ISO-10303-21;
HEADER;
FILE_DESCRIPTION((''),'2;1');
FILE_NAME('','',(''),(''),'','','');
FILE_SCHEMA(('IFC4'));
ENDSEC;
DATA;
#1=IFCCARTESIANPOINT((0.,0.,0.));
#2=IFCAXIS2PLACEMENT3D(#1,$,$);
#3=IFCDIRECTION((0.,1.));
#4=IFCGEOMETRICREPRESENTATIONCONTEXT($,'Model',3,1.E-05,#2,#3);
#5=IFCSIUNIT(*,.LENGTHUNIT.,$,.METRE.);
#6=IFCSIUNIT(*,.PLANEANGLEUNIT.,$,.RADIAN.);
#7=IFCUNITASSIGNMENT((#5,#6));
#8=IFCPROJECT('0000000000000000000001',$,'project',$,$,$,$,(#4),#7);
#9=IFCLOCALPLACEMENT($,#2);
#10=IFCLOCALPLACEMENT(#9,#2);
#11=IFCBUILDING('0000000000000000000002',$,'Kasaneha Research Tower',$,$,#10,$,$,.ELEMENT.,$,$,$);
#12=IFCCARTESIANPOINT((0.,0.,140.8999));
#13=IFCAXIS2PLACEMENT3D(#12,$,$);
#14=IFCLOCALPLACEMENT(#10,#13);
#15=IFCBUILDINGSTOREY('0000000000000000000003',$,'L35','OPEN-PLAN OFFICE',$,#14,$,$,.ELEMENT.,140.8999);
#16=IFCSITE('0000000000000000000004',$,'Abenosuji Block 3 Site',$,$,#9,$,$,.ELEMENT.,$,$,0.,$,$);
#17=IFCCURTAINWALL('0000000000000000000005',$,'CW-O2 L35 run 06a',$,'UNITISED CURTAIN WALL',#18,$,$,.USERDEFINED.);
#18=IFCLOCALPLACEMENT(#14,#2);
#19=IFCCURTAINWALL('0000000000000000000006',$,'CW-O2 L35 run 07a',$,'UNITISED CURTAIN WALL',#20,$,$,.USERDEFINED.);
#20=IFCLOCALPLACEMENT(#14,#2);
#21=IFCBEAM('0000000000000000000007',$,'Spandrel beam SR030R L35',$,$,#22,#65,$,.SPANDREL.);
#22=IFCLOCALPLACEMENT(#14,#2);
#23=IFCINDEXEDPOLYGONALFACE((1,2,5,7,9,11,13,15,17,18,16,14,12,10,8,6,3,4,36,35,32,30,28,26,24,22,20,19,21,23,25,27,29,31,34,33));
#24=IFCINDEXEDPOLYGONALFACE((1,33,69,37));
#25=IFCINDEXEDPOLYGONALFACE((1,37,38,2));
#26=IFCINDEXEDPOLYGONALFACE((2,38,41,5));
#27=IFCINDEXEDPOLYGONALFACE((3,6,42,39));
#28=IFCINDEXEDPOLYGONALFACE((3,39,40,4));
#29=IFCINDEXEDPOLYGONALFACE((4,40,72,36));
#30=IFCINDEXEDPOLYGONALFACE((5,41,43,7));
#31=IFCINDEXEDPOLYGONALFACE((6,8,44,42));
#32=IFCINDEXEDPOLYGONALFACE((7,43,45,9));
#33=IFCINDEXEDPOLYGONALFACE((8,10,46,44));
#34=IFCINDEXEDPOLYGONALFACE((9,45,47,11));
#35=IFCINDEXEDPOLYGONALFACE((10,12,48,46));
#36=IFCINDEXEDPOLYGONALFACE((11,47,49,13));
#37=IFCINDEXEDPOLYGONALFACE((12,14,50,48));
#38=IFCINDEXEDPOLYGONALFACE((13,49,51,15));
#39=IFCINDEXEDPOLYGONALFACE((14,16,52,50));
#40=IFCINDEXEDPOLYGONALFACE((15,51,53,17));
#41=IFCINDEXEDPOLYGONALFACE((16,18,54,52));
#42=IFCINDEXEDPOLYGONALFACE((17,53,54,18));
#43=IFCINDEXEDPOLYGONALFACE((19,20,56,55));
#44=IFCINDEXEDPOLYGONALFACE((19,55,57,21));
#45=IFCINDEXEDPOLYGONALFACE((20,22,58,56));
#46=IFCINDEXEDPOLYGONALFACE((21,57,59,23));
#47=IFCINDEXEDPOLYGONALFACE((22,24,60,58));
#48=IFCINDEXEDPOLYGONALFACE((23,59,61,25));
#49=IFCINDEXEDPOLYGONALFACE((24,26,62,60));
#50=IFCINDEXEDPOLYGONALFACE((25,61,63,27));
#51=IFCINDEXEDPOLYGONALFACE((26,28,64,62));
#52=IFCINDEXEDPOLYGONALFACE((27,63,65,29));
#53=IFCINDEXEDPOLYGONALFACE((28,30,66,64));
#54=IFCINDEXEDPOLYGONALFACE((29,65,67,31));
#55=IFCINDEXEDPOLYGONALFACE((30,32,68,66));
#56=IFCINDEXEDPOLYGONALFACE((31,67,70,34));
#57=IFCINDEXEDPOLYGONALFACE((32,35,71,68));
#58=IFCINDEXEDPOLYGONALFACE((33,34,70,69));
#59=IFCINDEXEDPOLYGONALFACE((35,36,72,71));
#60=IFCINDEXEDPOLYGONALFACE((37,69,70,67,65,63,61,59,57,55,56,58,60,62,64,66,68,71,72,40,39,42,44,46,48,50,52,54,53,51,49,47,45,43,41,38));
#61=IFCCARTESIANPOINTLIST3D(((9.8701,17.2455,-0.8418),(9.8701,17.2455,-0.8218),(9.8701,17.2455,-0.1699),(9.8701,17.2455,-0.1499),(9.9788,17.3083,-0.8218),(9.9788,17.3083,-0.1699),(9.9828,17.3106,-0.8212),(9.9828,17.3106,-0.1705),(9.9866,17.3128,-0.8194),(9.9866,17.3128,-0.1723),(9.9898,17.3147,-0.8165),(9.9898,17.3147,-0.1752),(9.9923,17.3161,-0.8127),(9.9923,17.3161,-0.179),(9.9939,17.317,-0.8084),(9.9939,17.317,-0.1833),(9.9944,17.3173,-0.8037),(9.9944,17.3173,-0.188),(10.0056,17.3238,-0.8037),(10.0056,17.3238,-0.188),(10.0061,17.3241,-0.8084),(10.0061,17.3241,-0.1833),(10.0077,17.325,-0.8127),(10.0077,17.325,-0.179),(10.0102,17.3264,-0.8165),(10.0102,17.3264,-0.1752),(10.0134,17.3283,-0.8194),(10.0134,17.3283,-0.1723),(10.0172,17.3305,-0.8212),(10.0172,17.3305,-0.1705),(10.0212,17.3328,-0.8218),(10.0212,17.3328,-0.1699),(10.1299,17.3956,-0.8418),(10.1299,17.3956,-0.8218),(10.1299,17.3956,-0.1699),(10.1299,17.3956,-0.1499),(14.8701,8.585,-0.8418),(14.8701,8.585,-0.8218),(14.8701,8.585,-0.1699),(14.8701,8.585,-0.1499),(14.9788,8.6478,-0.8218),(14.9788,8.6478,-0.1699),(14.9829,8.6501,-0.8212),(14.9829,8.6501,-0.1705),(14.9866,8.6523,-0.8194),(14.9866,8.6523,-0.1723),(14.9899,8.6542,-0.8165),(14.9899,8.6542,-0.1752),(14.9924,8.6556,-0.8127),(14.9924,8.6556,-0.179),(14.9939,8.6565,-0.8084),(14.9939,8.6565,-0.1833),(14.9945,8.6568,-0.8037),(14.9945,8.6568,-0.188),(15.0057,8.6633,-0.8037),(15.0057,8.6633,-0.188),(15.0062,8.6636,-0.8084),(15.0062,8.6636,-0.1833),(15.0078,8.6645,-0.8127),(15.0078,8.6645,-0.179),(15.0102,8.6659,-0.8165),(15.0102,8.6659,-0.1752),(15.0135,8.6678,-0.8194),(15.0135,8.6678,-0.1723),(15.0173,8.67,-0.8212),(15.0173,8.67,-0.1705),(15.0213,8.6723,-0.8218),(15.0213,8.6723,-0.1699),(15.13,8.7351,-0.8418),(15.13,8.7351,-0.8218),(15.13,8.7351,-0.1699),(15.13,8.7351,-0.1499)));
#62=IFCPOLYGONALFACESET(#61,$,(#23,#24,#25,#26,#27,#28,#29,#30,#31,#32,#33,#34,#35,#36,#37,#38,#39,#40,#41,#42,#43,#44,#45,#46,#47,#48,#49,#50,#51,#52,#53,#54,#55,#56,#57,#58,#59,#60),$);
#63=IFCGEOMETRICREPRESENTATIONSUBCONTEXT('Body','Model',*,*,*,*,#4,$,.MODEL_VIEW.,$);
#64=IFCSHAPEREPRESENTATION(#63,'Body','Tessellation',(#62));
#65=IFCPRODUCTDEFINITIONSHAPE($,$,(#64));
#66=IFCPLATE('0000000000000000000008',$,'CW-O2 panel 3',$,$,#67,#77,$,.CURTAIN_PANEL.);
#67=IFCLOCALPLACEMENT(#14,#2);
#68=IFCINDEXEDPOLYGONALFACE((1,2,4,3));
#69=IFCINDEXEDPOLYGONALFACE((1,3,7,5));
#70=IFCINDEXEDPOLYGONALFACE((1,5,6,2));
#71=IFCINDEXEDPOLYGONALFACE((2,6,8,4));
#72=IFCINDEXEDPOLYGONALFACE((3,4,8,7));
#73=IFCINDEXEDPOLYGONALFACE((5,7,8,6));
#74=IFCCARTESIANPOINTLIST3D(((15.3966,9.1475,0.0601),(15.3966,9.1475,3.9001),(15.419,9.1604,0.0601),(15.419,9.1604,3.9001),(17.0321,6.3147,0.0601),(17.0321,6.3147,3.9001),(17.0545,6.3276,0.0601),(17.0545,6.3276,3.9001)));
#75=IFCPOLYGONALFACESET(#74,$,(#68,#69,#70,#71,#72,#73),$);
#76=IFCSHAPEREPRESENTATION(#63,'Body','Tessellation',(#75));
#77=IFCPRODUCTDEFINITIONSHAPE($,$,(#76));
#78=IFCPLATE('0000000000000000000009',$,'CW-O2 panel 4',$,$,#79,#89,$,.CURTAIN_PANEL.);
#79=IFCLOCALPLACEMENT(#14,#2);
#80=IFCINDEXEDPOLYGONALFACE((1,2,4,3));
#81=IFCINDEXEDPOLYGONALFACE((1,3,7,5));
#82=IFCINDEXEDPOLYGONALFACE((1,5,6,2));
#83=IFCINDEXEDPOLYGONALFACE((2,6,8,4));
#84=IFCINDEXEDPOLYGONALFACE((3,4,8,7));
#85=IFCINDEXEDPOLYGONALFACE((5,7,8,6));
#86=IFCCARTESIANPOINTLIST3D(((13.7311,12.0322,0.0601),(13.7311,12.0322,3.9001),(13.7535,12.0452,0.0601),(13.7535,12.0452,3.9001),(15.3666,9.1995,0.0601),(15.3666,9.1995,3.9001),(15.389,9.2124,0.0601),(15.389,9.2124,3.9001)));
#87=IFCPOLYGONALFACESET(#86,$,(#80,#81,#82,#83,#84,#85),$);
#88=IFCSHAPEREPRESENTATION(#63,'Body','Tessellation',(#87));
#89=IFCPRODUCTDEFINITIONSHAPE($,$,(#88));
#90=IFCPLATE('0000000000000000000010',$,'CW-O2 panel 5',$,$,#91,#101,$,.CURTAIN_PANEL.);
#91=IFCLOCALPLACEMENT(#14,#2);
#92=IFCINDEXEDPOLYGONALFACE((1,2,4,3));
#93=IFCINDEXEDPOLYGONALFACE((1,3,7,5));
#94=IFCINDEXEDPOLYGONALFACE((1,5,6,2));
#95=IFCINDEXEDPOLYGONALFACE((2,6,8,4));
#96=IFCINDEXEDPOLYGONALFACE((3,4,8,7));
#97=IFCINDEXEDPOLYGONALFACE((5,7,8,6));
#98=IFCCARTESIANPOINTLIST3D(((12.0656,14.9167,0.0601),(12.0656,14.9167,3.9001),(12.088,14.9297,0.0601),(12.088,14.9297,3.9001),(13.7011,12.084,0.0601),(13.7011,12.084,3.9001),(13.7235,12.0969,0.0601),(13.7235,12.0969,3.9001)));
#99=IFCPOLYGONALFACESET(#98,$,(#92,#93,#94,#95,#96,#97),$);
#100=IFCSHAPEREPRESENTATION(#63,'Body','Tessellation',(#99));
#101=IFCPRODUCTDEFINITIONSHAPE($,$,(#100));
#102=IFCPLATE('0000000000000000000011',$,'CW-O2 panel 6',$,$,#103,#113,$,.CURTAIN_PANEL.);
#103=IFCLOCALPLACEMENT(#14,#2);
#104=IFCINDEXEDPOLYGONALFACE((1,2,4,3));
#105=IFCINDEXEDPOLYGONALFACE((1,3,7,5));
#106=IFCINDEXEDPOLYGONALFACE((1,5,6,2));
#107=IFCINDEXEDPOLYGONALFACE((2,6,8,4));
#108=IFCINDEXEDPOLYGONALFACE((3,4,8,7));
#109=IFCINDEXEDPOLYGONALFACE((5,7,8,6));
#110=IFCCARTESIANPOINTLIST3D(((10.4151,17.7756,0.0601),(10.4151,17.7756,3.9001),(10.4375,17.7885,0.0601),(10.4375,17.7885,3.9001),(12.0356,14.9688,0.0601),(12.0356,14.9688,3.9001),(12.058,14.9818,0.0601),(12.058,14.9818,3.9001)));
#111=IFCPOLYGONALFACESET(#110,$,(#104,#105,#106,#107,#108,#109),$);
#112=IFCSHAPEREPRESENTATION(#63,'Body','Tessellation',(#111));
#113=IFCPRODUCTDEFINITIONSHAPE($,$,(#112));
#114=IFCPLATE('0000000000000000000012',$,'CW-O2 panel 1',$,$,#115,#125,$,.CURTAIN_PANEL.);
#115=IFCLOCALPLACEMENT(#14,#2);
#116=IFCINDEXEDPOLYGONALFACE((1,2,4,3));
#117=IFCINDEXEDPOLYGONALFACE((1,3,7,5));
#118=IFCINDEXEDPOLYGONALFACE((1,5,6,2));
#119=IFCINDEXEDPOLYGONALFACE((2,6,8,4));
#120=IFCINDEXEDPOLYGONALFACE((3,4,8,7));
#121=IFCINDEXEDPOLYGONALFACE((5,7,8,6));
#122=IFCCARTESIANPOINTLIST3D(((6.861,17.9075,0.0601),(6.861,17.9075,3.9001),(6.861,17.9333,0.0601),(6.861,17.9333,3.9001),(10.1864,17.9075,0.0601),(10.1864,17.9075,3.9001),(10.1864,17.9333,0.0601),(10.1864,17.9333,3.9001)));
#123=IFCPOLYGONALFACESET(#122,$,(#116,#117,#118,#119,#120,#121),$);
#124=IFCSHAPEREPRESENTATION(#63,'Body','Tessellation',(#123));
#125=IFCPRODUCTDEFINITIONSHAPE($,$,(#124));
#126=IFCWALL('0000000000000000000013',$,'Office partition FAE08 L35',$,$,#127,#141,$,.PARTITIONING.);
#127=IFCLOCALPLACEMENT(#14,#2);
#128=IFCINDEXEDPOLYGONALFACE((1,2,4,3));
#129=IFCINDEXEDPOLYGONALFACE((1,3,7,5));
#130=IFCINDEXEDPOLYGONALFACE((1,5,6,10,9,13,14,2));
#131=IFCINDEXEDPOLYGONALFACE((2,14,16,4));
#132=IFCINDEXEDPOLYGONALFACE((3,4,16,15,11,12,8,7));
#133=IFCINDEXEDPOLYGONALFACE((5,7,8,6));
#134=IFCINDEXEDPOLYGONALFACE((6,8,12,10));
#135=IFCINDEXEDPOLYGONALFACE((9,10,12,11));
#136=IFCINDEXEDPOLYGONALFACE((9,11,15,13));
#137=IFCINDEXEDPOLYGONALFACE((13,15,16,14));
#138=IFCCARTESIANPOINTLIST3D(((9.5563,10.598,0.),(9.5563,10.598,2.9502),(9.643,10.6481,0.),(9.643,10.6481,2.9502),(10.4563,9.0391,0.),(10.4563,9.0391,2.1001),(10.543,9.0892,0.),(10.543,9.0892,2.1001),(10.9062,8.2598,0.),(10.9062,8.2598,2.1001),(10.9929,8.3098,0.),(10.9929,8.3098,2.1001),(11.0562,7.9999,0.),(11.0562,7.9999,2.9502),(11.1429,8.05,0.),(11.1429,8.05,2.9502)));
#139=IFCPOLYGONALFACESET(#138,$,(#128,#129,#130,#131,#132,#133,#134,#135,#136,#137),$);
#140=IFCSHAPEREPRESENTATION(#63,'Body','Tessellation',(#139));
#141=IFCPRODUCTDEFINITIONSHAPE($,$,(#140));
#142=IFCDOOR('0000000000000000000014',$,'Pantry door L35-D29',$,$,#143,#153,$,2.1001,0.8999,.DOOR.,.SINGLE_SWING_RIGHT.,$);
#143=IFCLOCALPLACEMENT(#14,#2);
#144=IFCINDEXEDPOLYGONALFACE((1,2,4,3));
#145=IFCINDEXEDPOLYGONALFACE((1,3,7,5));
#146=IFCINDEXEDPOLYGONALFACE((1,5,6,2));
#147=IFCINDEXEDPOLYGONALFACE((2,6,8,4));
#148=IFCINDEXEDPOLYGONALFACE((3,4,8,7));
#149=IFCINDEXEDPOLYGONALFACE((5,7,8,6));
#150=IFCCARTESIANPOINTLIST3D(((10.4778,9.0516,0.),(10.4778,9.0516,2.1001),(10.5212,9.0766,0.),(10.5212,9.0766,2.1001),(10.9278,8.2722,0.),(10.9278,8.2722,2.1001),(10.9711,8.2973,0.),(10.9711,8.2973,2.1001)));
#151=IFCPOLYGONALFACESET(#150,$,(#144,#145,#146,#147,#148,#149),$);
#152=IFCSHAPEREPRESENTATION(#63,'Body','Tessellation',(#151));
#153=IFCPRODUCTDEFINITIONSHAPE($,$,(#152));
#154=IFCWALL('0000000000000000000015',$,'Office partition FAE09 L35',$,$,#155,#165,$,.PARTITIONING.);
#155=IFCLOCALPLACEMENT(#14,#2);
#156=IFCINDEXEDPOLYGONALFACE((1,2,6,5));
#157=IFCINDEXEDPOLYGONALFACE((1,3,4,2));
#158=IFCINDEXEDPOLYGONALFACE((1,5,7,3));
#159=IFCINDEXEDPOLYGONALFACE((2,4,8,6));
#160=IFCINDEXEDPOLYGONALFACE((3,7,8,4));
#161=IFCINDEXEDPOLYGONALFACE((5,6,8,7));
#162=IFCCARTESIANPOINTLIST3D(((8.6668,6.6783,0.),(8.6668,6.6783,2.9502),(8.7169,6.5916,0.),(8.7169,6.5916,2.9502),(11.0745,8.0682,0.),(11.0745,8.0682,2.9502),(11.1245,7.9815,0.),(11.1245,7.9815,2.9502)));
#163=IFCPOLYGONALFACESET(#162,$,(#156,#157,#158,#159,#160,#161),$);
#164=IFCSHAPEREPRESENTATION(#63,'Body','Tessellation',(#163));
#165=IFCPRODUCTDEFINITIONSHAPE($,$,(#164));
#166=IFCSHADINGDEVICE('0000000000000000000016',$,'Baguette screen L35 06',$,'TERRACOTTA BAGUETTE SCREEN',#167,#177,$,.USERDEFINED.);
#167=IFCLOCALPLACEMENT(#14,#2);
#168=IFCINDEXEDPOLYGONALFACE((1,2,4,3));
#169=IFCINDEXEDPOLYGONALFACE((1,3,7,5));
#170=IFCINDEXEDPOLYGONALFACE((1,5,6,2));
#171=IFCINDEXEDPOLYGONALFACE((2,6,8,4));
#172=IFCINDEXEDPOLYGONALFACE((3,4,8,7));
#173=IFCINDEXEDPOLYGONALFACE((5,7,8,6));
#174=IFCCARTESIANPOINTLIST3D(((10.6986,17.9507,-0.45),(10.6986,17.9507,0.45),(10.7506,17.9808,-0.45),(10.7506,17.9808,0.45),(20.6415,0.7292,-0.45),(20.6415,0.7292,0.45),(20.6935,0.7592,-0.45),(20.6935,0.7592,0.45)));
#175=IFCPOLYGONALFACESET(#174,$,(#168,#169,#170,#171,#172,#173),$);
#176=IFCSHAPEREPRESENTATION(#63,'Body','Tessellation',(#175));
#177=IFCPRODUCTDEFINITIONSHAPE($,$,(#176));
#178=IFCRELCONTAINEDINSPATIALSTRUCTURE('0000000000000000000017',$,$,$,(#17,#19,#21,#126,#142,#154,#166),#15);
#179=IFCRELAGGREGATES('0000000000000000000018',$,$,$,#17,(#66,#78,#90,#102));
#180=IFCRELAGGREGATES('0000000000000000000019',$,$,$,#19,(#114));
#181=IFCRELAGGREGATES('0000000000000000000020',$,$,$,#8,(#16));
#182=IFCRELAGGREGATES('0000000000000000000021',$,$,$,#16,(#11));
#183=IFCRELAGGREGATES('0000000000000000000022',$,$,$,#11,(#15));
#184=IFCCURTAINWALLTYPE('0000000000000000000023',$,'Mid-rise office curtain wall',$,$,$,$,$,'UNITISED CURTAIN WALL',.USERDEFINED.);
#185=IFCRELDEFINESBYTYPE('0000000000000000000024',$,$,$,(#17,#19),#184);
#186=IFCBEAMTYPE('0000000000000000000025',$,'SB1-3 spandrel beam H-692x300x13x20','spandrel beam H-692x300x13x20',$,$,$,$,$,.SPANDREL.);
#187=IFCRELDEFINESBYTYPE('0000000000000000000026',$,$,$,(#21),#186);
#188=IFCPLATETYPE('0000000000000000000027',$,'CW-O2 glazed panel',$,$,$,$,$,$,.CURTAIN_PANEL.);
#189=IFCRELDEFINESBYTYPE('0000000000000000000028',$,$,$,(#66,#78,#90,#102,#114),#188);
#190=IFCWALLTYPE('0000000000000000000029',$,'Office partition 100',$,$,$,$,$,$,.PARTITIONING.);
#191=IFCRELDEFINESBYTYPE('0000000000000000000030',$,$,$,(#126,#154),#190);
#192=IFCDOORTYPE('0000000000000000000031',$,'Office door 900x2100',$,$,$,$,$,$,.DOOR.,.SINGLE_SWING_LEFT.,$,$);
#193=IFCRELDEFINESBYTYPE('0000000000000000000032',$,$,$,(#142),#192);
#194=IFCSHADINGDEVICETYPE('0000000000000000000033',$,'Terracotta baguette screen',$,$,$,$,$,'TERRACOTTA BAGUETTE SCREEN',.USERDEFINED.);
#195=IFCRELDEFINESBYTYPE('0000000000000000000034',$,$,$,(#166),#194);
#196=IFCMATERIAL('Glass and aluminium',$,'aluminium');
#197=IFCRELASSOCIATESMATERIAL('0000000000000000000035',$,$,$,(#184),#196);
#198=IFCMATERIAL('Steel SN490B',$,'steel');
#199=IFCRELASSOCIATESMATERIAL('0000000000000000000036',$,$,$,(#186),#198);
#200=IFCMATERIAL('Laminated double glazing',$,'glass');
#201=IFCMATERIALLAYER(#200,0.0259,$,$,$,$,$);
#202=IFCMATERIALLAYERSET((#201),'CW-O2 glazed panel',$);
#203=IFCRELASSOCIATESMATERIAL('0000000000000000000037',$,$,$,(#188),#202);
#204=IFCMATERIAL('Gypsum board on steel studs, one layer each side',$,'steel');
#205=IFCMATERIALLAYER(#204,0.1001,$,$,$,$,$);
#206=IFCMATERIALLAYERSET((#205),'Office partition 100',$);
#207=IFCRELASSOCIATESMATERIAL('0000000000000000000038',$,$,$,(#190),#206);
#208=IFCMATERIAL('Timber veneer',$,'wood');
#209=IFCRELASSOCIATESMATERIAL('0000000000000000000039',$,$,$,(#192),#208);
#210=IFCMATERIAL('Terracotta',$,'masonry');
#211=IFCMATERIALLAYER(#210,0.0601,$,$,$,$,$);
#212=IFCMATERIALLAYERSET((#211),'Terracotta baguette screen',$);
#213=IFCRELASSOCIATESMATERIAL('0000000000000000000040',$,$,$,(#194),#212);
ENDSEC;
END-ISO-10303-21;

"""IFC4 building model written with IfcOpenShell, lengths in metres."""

from ifc_helpers import new_model, si_unit, direction, frame, frame_2d, origin, origin_2d, place, context, subcontext, project, spatial, rectangle, i_section, extrude, material, layer, layer_set, material_profile, profile_set, type_object, element, fill, aggregate, save


model = new_model("IFC4")

# Units and contexts
model_context = context("Model", 3, precision=1e-05, world=origin(), true_north=direction((0.0, 1.0)))
body_context = subcontext(model_context, "Body", "Model", "MODEL_VIEW")
ifc_project = project(units=[si_unit("LENGTHUNIT", "METRE"), si_unit("PLANEANGLEUNIT", "RADIAN")], contexts=[model_context])

# Site, building, storey
site_placement = place(None, origin())
site = spatial("IfcSite", under=ifc_project, at=site_placement, Name="Abenosuji Block 3 Site", CompositionType="ELEMENT", RefElevation=0.0)
building_placement = place(site_placement, origin())
building = spatial("IfcBuilding", under=site, at=building_placement, Name="Kasaneha Research Tower", CompositionType="ELEMENT")
storey_placement = place(building_placement, frame((0.0, 0.0, 140.8999)))
storey = spatial("IfcBuildingStorey", under=building, at=storey_placement, Name="L35", Description="OPEN-PLAN OFFICE", CompositionType="ELEMENT", Elevation=140.8999)

# Curtain wall
ifc_material_1 = material(Name="Glass and aluminium", Category="aluminium")
curtain_wall_type = type_object("IfcCurtainWallType", Name="Mid-rise office curtain wall", ElementType="UNITISED CURTAIN WALL", PredefinedType="USERDEFINED", material=ifc_material_1)
curtain_wall_1_placement = place(storey_placement, origin())
curtain_wall_1 = element("IfcCurtainWall", 1, at=curtain_wall_1_placement, inside=storey, type_object=curtain_wall_type, Name="CW-O2 L35 run 06a", ObjectType="UNITISED CURTAIN WALL", PredefinedType="USERDEFINED")

# Curtain wall
curtain_wall_2_placement = place(storey_placement, origin())
curtain_wall_2 = element("IfcCurtainWall", 2, at=curtain_wall_2_placement, inside=storey, type_object=curtain_wall_type, Name="CW-O2 L35 run 07a", ObjectType="UNITISED CURTAIN WALL", PredefinedType="USERDEFINED")

# Beam
ifc_material_2 = material(Name="Steel SN490B", Category="steel")
ifc_material_profile_1 = material_profile(ifc_material_2, i_section(OverallWidth=0.3, OverallDepth=0.6919, WebThickness=0.0129, FlangeThickness=0.02, FilletRadius=0.0181, at=origin_2d()), Name="H-692x300x13x20")
ifc_profile_set_1 = profile_set([ifc_material_profile_1], Name="Steel SN490B")
beam_type_1 = type_object("IfcBeamType", Name="SB1-3 spandrel beam H-692x300x13x20", Description="spandrel beam H-692x300x13x20", PredefinedType="SPANDREL", material=ifc_profile_set_1)
beam_1_placement = place(storey_placement, frame((10.0, 17.3206, -0.4958), z_axis=(0.499994, -0.866029, 0.0), x_axis=(0.866029, 0.499994, 0.0)))
element("IfcBeam", 3, at=beam_1_placement, inside=storey, type_object=beam_type_1, Name="Spandrel beam SR030R L35", PredefinedType="SPANDREL", context=body_context, shape_type="SweptSolid", body=[
    extrude(i_section(OverallWidth=0.3, OverallDepth=0.6919, WebThickness=0.0129, FlangeThickness=0.02, FilletRadius=0.0181, at=origin_2d()), origin(), (0.0, 0.0, 1.0), 10.0002),
])

# Plates
ifc_material_3 = material(Name="Laminated double glazing", Category="glass")
ifc_layer_1 = layer(ifc_material_3, 0.0259)
ifc_layer_set_1 = layer_set([ifc_layer_1], Name="CW-O2 glazed panel")
plate_type = type_object("IfcPlateType", Name="CW-O2 glazed panel", PredefinedType="CURTAIN_PANEL", material=ifc_layer_set_1)
plate_1_placement = place(storey_placement, frame((16.2256, 7.7375, 0.0601), z_axis=(0.0, 0.0, 1.0), x_axis=(-0.5, 0.866025, 0.0)))
plate_1 = element("IfcPlate", 4, at=plate_1_placement, type_object=plate_type, Name="CW-O2 panel 3", PredefinedType="CURTAIN_PANEL", context=body_context, shape_type="SweptSolid", body=[
    extrude(rectangle(XDim=3.271, YDim=0.0259, at=origin_2d()), origin(), (0.0, 0.0, 1.0), 3.8401),
])
plate_2_placement = place(storey_placement, frame((14.5601, 10.6223, 0.0601), z_axis=(0.0, 0.0, 1.0), x_axis=(-0.5, 0.866025, 0.0)))
plate_2 = element("IfcPlate", 5, at=plate_2_placement, type_object=plate_type, Name="CW-O2 panel 4", PredefinedType="CURTAIN_PANEL", context=body_context, shape_type="SweptSolid", body=[
    extrude(rectangle(XDim=3.271, YDim=0.0259, at=origin_2d()), origin(), (0.0, 0.0, 1.0), 3.8401),
])
plate_3_placement = place(storey_placement, frame((12.8945, 13.5068, 0.0601), z_axis=(0.0, 0.0, 1.0), x_axis=(-0.5, 0.866025, 0.0)))
plate_3 = element("IfcPlate", 6, at=plate_3_placement, type_object=plate_type, Name="CW-O2 panel 5", PredefinedType="CURTAIN_PANEL", context=body_context, shape_type="SweptSolid", body=[
    extrude(rectangle(XDim=3.271, YDim=0.0259, at=origin_2d()), origin(), (0.0, 0.0, 1.0), 3.8401),
])
plate_4_placement = place(storey_placement, frame((11.2366, 16.3787, 0.0601), z_axis=(0.0, 0.0, 1.0), x_axis=(-0.5, 0.866025, 0.0)))
plate_4 = element("IfcPlate", 7, at=plate_4_placement, type_object=plate_type, Name="CW-O2 panel 6", PredefinedType="CURTAIN_PANEL", context=body_context, shape_type="SweptSolid", body=[
    extrude(rectangle(XDim=3.241, YDim=0.0259, at=origin_2d()), origin(), (0.0, 0.0, 1.0), 3.8401),
])
aggregate(curtain_wall_1, [plate_1, plate_2, plate_3, plate_4])
plate_5_placement = place(storey_placement, frame((8.5237, 17.9204, 0.0601), z_axis=(0.0, 0.0, 1.0), x_axis=(-1.0, 0.0, 0.0)))
plate_5 = element("IfcPlate", 8, at=plate_5_placement, type_object=plate_type, Name="CW-O2 panel 1", PredefinedType="CURTAIN_PANEL", context=body_context, shape_type="SweptSolid", body=[
    extrude(rectangle(XDim=3.3254, YDim=0.0259, at=origin_2d()), origin(), (0.0, 0.0, 1.0), 3.8401),
])
aggregate(curtain_wall_2, [plate_5])

# Wall, opening, door
ifc_material_4 = material(Name="Gypsum board on steel studs, one layer each side", Category="steel")
ifc_layer_2 = layer(ifc_material_4, 0.1001)
ifc_layer_set_2 = layer_set([ifc_layer_2], Name="Office partition 100")
wall_type = type_object("IfcWallType", Name="Office partition 100", PredefinedType="PARTITIONING", material=ifc_layer_set_2)
wall_1_placement = place(storey_placement, frame((9.5996, 10.623, 0.0), z_axis=(0.0, 0.0, 1.0), x_axis=(0.49999, -0.866031, 0.0)))
wall_1 = element("IfcWall", 9, at=wall_1_placement, inside=storey, type_object=wall_type, Name="Office partition FAE08 L35", PredefinedType="PARTITIONING", context=body_context, shape_type="SweptSolid", body=[
    extrude(rectangle(XDim=3.0, YDim=0.1001, at=frame_2d((1.5, 0.0))), origin(), (0.0, 0.0, 1.0), 2.9502),
])
opening_placement = place(wall_1_placement, frame((1.8, 0.0, 0.0)))
opening = element("IfcOpeningElement", 10, at=opening_placement, cuts=wall_1, PredefinedType="OPENING", context=body_context, shape_type="SweptSolid", body=[
    extrude(rectangle(XDim=0.8999, YDim=2.1001, at=frame_2d((0.45, 1.05))), frame((0.0, 0.0601, 0.0), z_axis=(0.0, -1.0, 0.0), x_axis=(1.0, 0.0, 0.0)), (0.0, 0.0, 1.0), 0.1201),
])
ifc_material_5 = material(Name="Timber veneer", Category="wood")
door_type = type_object("IfcDoorType", Name="Office door 900x2100", OperationType="SINGLE_SWING_LEFT", PredefinedType="DOOR", material=ifc_material_5)
door_placement = place(opening_placement, origin())
door = element("IfcDoor", 11, at=door_placement, inside=storey, type_object=door_type, Name="Pantry door L35-D29", OperationType="SINGLE_SWING_RIGHT", OverallHeight=2.1001, OverallWidth=0.8999, PredefinedType="DOOR", context=body_context, shape_type="SweptSolid", body=[
    extrude(rectangle(XDim=0.8999, YDim=2.1001, at=frame_2d((0.45, 1.05))), frame((0.0, 0.0249, 0.0), z_axis=(0.0, -1.0, 0.0), x_axis=(1.0, 0.0, 0.0)), (0.0, 0.0, 1.0), 0.05),
])
fill(opening, door)

# Wall
wall_2_placement = place(storey_placement, frame((11.0996, 8.0249, 0.0), z_axis=(0.0, 0.0, 1.0), x_axis=(-0.866057, -0.499945, 0.0)))
element("IfcWall", 12, at=wall_2_placement, inside=storey, type_object=wall_type, Name="Office partition FAE09 L35", PredefinedType="PARTITIONING", context=body_context, shape_type="SweptSolid", body=[
    extrude(rectangle(XDim=2.78, YDim=0.1001, at=frame_2d((1.3901, 0.0))), origin(), (0.0, 0.0, 1.0), 2.9502),
])

# Shading device
ifc_material_6 = material(Name="Terracotta", Category="masonry")
ifc_layer_3 = layer(ifc_material_6, 0.0601)
ifc_layer_set_3 = layer_set([ifc_layer_3], Name="Terracotta baguette screen")
shading_device_type = type_object("IfcShadingDeviceType", Name="Terracotta baguette screen", ElementType="TERRACOTTA BAGUETTE SCREEN", PredefinedType="USERDEFINED", material=ifc_layer_set_3)
shading_device_placement = place(storey_placement, frame((15.696, 9.355, -0.45), z_axis=(0.0, 0.0, 1.0), x_axis=(-0.5, 0.866025, 0.0)))
element("IfcShadingDevice", 13, at=shading_device_placement, inside=storey, type_object=shading_device_type, Name="Baguette screen L35 06", ObjectType="TERRACOTTA BAGUETTE SCREEN", PredefinedType="USERDEFINED", context=body_context, shape_type="SweptSolid", body=[
    extrude(rectangle(XDim=19.8857, YDim=0.0601, at=origin_2d()), origin(), (0.0, 0.0, 1.0), 0.8999),
])

save(model, "model.ifc")
